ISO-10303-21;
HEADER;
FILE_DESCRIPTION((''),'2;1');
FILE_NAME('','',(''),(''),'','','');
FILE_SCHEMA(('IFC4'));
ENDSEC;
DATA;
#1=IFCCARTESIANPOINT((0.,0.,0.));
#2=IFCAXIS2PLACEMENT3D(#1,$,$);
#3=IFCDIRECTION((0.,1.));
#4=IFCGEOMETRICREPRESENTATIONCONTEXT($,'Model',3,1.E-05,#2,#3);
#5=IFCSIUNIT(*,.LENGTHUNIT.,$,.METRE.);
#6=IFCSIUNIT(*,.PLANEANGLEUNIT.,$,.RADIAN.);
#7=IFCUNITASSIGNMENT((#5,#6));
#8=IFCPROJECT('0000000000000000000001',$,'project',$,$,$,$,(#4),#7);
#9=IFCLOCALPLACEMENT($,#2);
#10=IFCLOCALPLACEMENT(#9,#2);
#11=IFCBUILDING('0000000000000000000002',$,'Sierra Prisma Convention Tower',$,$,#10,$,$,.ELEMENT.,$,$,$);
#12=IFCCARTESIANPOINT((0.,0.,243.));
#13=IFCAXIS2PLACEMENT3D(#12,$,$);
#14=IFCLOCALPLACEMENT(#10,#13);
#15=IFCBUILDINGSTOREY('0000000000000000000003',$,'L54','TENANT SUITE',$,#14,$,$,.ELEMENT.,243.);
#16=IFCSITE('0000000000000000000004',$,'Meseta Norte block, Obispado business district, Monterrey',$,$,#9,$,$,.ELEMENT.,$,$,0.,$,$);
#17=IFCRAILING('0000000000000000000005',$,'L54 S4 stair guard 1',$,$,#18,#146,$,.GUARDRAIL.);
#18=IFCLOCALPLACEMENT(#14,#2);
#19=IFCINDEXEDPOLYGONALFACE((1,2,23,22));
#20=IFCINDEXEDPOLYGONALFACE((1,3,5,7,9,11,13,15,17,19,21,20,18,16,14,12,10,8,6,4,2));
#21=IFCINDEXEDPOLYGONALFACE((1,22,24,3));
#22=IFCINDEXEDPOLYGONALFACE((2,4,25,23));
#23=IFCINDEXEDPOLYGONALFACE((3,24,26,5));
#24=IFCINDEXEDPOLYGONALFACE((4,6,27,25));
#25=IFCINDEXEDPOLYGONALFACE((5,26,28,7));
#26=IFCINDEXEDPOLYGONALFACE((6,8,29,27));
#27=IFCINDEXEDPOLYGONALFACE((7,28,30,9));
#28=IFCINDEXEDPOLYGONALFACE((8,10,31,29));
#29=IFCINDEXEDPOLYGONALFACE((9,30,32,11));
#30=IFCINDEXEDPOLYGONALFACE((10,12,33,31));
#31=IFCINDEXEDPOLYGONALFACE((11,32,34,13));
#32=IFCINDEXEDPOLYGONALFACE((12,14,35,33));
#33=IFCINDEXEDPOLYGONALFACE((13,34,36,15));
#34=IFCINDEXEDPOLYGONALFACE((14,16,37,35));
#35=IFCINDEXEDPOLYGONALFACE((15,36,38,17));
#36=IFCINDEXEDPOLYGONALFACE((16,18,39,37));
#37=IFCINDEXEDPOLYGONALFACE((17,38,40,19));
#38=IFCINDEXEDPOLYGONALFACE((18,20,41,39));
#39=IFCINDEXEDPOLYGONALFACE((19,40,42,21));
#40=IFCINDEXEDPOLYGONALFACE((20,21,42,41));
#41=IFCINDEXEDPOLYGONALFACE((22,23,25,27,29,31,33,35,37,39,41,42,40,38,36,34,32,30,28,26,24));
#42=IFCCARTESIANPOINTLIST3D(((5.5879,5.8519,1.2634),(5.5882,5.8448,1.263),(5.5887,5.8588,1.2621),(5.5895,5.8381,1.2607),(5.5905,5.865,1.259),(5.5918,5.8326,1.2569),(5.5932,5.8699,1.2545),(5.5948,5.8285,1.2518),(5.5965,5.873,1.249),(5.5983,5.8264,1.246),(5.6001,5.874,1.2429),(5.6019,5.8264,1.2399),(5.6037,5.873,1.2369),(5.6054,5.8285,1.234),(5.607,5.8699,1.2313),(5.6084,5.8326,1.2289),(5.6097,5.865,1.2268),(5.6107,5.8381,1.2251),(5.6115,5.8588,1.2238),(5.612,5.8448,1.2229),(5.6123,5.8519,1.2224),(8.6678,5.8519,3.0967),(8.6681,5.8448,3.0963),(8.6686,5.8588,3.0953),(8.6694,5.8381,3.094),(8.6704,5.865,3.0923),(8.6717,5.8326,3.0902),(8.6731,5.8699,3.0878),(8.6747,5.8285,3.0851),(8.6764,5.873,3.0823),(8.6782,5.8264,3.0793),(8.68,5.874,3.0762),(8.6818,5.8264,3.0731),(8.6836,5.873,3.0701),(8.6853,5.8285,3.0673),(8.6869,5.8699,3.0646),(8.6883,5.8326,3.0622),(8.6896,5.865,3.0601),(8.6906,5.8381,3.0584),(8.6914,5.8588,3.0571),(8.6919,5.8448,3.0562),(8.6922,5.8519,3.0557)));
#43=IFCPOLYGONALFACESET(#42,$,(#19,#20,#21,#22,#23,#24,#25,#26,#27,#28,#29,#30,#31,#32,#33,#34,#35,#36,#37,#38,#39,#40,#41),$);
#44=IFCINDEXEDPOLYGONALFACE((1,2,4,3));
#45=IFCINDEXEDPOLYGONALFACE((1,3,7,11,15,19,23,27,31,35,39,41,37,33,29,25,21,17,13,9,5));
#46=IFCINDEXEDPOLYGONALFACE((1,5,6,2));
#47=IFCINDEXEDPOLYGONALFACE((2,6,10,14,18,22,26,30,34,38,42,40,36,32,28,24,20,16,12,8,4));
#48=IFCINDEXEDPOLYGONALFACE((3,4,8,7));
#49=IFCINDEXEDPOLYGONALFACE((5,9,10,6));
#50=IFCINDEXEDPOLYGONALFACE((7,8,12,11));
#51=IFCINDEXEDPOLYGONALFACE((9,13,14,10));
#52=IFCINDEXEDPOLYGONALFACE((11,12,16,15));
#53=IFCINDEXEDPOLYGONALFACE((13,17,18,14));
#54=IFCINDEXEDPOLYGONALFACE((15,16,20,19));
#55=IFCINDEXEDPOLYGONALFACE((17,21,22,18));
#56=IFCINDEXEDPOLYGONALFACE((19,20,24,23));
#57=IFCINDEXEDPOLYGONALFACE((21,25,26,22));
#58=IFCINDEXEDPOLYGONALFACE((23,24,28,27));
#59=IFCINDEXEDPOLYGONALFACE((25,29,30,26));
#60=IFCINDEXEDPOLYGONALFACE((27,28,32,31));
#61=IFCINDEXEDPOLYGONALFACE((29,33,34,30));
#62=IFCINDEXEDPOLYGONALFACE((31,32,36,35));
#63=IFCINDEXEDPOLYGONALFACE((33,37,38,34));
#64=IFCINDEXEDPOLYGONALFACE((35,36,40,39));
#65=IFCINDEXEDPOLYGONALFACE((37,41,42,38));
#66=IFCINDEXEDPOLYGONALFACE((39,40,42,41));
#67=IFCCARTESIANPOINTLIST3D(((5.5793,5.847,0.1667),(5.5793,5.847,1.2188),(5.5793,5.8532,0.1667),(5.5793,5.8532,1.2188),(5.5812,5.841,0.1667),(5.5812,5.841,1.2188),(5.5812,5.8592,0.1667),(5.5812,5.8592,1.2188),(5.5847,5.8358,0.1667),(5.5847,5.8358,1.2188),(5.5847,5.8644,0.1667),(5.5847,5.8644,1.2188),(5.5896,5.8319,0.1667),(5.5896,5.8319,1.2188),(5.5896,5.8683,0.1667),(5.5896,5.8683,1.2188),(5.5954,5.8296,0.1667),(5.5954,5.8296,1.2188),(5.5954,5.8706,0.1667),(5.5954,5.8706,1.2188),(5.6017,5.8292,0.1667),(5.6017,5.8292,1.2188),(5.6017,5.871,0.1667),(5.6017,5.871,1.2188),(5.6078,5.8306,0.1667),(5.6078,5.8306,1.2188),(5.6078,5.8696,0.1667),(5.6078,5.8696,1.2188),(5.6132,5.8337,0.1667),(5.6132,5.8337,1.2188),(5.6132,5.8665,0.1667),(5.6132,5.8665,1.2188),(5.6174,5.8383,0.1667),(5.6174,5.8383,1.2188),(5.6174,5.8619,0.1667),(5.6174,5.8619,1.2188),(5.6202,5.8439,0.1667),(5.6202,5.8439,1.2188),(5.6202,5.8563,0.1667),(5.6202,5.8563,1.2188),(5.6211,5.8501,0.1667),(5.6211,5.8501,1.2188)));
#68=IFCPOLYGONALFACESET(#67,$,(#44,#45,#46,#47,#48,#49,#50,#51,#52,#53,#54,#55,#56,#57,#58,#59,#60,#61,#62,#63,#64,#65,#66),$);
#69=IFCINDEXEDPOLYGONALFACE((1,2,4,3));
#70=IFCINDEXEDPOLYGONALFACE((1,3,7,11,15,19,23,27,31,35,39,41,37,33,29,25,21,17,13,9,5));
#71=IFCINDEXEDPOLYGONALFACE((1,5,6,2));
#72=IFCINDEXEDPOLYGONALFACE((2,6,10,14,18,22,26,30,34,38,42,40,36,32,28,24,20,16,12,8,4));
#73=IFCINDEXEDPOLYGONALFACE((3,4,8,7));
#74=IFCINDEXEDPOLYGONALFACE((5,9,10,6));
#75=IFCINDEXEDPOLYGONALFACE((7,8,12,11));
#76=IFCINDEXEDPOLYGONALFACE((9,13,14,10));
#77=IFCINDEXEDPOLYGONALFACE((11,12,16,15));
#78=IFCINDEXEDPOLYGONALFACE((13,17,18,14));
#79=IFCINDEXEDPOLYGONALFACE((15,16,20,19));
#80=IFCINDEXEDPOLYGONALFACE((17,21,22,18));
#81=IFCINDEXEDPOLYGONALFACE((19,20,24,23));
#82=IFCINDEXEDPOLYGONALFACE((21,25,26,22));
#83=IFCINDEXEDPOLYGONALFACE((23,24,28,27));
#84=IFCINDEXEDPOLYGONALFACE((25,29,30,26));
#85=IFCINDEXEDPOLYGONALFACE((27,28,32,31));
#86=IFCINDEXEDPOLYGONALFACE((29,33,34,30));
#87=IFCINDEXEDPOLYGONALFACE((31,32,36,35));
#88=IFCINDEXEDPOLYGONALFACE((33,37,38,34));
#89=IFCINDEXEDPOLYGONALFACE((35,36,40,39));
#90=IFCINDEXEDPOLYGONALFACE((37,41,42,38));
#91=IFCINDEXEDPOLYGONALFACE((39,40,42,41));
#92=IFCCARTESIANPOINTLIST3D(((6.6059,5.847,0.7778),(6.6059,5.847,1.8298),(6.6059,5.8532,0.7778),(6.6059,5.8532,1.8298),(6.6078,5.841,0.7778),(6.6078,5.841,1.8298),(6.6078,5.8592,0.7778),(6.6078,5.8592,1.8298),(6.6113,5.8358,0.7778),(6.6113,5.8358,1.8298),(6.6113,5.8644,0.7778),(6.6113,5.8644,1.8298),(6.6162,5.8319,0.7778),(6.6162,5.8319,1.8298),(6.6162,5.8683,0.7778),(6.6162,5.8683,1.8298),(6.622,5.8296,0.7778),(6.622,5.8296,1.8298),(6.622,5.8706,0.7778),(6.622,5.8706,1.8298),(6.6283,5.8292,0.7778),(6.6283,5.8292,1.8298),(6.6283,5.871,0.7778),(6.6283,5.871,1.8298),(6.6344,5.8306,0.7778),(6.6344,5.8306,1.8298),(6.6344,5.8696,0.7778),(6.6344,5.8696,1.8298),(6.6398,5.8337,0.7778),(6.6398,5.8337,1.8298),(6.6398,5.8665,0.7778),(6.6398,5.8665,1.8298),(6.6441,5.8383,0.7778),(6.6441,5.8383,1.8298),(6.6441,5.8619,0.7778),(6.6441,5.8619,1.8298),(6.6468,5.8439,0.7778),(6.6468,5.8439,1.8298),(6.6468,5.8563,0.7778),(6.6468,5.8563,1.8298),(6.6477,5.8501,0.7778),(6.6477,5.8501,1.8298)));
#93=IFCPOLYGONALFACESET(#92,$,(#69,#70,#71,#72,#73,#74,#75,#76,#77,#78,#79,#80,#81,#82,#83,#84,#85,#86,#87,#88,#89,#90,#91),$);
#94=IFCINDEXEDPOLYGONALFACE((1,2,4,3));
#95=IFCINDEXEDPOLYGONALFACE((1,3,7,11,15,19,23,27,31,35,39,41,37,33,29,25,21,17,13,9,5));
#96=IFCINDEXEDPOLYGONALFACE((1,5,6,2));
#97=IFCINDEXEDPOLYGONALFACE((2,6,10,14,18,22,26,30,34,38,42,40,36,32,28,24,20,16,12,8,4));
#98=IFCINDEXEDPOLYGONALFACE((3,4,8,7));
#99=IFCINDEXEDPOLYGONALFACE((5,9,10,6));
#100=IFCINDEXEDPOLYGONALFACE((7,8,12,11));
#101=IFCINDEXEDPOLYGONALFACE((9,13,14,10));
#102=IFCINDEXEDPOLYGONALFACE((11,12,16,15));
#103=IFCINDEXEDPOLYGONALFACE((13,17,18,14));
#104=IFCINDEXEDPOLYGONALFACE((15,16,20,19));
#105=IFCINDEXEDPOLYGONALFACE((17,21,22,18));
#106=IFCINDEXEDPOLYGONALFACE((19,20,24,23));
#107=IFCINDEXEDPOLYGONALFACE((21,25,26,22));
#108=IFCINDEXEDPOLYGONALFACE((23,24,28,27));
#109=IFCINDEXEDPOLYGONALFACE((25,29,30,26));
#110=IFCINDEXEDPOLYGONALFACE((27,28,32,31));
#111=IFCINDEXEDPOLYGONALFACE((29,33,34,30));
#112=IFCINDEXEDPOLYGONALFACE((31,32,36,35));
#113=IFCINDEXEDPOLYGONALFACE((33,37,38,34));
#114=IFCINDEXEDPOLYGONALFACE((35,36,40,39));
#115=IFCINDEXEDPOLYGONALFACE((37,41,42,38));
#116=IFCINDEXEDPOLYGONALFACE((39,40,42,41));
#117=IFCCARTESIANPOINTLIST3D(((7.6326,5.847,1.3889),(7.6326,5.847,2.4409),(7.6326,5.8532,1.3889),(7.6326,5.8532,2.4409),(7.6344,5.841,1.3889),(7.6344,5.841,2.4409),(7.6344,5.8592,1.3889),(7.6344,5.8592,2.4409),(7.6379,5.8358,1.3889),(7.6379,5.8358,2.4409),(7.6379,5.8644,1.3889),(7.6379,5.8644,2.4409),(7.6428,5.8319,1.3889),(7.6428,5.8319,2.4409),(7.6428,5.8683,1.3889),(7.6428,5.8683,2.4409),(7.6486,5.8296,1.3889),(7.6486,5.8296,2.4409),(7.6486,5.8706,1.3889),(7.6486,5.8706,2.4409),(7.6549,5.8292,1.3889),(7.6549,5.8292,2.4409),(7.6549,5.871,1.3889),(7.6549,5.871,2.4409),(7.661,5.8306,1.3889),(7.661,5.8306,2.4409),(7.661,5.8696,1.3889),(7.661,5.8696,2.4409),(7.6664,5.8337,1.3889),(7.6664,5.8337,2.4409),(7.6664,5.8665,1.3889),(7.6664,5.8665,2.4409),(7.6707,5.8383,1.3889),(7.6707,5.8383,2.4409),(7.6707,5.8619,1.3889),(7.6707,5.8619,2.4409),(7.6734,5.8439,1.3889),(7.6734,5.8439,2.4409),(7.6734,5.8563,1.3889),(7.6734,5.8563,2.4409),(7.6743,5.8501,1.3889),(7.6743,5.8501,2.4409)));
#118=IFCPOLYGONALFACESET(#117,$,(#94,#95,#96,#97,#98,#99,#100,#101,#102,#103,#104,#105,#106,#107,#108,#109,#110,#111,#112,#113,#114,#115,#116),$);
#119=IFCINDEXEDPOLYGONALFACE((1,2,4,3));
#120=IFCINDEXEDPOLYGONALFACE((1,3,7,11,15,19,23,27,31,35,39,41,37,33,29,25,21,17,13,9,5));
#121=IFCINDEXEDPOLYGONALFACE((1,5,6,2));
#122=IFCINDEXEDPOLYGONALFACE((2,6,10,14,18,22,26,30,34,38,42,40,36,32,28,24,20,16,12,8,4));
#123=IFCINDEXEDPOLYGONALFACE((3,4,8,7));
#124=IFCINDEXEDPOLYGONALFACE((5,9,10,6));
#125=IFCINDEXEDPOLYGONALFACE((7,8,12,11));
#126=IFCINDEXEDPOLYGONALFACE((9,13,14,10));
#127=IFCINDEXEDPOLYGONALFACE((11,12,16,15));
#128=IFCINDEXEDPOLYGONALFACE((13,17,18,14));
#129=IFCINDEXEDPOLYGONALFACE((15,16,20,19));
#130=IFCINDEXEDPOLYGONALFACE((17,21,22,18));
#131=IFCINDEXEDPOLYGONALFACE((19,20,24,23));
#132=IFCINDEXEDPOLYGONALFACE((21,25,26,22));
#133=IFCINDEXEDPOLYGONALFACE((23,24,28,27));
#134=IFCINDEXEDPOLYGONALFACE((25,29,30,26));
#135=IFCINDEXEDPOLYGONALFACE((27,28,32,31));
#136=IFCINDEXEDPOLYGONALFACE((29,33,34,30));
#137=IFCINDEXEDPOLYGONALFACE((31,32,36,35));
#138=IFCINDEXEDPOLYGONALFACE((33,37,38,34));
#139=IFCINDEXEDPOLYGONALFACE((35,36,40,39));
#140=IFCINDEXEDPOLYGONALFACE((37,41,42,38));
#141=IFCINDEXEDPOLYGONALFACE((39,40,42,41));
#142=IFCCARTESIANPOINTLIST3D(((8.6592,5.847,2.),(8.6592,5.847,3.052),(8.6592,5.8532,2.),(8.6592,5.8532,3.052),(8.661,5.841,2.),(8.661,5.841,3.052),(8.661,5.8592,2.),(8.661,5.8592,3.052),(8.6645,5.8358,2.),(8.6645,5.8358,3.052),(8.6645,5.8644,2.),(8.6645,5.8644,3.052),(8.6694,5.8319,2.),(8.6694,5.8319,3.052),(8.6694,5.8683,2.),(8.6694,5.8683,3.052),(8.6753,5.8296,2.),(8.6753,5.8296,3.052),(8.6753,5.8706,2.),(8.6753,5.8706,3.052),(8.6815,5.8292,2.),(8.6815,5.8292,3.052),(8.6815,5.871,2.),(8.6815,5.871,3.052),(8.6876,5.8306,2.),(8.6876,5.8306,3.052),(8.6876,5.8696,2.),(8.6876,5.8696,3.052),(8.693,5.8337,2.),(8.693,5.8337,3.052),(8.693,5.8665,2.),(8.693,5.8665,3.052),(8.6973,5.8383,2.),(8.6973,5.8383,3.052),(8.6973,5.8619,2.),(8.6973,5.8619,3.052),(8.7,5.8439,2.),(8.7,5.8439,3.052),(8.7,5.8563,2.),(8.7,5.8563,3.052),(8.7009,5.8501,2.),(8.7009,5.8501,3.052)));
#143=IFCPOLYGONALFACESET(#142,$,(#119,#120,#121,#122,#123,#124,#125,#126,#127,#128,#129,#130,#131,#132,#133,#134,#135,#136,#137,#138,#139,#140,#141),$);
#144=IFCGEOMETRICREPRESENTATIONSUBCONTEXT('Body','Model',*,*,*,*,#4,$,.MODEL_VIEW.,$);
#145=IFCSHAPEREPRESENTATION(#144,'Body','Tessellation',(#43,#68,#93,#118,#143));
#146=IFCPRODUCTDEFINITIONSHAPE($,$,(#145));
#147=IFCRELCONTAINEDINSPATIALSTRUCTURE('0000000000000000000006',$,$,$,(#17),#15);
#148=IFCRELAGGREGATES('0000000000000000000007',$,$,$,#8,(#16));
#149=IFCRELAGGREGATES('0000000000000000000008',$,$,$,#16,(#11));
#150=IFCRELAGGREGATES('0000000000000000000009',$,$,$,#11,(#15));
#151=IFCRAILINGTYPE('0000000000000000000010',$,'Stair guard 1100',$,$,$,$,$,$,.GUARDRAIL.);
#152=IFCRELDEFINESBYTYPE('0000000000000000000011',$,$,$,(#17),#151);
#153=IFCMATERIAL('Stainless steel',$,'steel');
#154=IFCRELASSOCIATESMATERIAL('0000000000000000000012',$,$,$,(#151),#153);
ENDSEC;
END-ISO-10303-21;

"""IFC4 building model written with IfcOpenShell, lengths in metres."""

from ifc_helpers import new_model, si_unit, direction, frame, origin, origin_2d, place, context, subcontext, project, spatial, circle, extrude, material, type_object, element, save


model = new_model("IFC4")

# Units and contexts
model_context = context("Model", 3, precision=1e-05, world=origin(), true_north=direction((0.0, 1.0)))
body_context = subcontext(model_context, "Body", "Model", "MODEL_VIEW")
ifc_project = project(units=[si_unit("LENGTHUNIT", "METRE"), si_unit("PLANEANGLEUNIT", "RADIAN")], contexts=[model_context])

# Site, building, storey
site_placement = place(None, origin())
site = spatial("IfcSite", under=ifc_project, at=site_placement, Name="Meseta Norte block, Obispado business district, Monterrey", CompositionType="ELEMENT", RefElevation=0.0)
building_placement = place(site_placement, origin())
building = spatial("IfcBuilding", under=site, at=building_placement, Name="Sierra Prisma Convention Tower", CompositionType="ELEMENT")
storey_placement = place(building_placement, frame((0.0, 0.0, 243.0)))
storey = spatial("IfcBuildingStorey", under=building, at=storey_placement, Name="L54", Description="TENANT SUITE", CompositionType="ELEMENT", Elevation=243.0)

# Railing
ifc_material_1 = material(Name="Stainless steel", Category="steel")
railing_type_1 = type_object("IfcRailingType", Name="Stair guard 1100", PredefinedType="GUARDRAIL", material=ifc_material_1)
railing_1_placement = place(storey_placement, frame((5.6001, 5.8501, 0.1667)))
element("IfcRailing", 1, at=railing_1_placement, inside=storey, type_object=railing_type_1, Name="L54 S4 stair guard 1", PredefinedType="GUARDRAIL", context=body_context, shape_type="SweptSolid", body=[
    extrude(circle(Radius=0.0239, at=origin_2d()), frame((0.0, 0.0, 1.0762), z_axis=(0.859291, 0.0, 0.511487), x_axis=(0.0, 1.0, 0.0)), (0.0, 0.0, 1.0), 3.5842),
    extrude(circle(Radius=0.021, at=origin_2d()), origin(), (0.0, 0.0, 1.0), 1.052),
    extrude(circle(Radius=0.021, at=origin_2d()), frame((1.0266, 0.0, 0.6111)), (0.0, 0.0, 1.0), 1.052),
    extrude(circle(Radius=0.021, at=origin_2d()), frame((2.0532, 0.0, 1.2222)), (0.0, 0.0, 1.0), 1.052),
    extrude(circle(Radius=0.021, at=origin_2d()), frame((3.0798, 0.0, 1.8333)), (0.0, 0.0, 1.0), 1.052),
])

save(model, "model.ifc")
